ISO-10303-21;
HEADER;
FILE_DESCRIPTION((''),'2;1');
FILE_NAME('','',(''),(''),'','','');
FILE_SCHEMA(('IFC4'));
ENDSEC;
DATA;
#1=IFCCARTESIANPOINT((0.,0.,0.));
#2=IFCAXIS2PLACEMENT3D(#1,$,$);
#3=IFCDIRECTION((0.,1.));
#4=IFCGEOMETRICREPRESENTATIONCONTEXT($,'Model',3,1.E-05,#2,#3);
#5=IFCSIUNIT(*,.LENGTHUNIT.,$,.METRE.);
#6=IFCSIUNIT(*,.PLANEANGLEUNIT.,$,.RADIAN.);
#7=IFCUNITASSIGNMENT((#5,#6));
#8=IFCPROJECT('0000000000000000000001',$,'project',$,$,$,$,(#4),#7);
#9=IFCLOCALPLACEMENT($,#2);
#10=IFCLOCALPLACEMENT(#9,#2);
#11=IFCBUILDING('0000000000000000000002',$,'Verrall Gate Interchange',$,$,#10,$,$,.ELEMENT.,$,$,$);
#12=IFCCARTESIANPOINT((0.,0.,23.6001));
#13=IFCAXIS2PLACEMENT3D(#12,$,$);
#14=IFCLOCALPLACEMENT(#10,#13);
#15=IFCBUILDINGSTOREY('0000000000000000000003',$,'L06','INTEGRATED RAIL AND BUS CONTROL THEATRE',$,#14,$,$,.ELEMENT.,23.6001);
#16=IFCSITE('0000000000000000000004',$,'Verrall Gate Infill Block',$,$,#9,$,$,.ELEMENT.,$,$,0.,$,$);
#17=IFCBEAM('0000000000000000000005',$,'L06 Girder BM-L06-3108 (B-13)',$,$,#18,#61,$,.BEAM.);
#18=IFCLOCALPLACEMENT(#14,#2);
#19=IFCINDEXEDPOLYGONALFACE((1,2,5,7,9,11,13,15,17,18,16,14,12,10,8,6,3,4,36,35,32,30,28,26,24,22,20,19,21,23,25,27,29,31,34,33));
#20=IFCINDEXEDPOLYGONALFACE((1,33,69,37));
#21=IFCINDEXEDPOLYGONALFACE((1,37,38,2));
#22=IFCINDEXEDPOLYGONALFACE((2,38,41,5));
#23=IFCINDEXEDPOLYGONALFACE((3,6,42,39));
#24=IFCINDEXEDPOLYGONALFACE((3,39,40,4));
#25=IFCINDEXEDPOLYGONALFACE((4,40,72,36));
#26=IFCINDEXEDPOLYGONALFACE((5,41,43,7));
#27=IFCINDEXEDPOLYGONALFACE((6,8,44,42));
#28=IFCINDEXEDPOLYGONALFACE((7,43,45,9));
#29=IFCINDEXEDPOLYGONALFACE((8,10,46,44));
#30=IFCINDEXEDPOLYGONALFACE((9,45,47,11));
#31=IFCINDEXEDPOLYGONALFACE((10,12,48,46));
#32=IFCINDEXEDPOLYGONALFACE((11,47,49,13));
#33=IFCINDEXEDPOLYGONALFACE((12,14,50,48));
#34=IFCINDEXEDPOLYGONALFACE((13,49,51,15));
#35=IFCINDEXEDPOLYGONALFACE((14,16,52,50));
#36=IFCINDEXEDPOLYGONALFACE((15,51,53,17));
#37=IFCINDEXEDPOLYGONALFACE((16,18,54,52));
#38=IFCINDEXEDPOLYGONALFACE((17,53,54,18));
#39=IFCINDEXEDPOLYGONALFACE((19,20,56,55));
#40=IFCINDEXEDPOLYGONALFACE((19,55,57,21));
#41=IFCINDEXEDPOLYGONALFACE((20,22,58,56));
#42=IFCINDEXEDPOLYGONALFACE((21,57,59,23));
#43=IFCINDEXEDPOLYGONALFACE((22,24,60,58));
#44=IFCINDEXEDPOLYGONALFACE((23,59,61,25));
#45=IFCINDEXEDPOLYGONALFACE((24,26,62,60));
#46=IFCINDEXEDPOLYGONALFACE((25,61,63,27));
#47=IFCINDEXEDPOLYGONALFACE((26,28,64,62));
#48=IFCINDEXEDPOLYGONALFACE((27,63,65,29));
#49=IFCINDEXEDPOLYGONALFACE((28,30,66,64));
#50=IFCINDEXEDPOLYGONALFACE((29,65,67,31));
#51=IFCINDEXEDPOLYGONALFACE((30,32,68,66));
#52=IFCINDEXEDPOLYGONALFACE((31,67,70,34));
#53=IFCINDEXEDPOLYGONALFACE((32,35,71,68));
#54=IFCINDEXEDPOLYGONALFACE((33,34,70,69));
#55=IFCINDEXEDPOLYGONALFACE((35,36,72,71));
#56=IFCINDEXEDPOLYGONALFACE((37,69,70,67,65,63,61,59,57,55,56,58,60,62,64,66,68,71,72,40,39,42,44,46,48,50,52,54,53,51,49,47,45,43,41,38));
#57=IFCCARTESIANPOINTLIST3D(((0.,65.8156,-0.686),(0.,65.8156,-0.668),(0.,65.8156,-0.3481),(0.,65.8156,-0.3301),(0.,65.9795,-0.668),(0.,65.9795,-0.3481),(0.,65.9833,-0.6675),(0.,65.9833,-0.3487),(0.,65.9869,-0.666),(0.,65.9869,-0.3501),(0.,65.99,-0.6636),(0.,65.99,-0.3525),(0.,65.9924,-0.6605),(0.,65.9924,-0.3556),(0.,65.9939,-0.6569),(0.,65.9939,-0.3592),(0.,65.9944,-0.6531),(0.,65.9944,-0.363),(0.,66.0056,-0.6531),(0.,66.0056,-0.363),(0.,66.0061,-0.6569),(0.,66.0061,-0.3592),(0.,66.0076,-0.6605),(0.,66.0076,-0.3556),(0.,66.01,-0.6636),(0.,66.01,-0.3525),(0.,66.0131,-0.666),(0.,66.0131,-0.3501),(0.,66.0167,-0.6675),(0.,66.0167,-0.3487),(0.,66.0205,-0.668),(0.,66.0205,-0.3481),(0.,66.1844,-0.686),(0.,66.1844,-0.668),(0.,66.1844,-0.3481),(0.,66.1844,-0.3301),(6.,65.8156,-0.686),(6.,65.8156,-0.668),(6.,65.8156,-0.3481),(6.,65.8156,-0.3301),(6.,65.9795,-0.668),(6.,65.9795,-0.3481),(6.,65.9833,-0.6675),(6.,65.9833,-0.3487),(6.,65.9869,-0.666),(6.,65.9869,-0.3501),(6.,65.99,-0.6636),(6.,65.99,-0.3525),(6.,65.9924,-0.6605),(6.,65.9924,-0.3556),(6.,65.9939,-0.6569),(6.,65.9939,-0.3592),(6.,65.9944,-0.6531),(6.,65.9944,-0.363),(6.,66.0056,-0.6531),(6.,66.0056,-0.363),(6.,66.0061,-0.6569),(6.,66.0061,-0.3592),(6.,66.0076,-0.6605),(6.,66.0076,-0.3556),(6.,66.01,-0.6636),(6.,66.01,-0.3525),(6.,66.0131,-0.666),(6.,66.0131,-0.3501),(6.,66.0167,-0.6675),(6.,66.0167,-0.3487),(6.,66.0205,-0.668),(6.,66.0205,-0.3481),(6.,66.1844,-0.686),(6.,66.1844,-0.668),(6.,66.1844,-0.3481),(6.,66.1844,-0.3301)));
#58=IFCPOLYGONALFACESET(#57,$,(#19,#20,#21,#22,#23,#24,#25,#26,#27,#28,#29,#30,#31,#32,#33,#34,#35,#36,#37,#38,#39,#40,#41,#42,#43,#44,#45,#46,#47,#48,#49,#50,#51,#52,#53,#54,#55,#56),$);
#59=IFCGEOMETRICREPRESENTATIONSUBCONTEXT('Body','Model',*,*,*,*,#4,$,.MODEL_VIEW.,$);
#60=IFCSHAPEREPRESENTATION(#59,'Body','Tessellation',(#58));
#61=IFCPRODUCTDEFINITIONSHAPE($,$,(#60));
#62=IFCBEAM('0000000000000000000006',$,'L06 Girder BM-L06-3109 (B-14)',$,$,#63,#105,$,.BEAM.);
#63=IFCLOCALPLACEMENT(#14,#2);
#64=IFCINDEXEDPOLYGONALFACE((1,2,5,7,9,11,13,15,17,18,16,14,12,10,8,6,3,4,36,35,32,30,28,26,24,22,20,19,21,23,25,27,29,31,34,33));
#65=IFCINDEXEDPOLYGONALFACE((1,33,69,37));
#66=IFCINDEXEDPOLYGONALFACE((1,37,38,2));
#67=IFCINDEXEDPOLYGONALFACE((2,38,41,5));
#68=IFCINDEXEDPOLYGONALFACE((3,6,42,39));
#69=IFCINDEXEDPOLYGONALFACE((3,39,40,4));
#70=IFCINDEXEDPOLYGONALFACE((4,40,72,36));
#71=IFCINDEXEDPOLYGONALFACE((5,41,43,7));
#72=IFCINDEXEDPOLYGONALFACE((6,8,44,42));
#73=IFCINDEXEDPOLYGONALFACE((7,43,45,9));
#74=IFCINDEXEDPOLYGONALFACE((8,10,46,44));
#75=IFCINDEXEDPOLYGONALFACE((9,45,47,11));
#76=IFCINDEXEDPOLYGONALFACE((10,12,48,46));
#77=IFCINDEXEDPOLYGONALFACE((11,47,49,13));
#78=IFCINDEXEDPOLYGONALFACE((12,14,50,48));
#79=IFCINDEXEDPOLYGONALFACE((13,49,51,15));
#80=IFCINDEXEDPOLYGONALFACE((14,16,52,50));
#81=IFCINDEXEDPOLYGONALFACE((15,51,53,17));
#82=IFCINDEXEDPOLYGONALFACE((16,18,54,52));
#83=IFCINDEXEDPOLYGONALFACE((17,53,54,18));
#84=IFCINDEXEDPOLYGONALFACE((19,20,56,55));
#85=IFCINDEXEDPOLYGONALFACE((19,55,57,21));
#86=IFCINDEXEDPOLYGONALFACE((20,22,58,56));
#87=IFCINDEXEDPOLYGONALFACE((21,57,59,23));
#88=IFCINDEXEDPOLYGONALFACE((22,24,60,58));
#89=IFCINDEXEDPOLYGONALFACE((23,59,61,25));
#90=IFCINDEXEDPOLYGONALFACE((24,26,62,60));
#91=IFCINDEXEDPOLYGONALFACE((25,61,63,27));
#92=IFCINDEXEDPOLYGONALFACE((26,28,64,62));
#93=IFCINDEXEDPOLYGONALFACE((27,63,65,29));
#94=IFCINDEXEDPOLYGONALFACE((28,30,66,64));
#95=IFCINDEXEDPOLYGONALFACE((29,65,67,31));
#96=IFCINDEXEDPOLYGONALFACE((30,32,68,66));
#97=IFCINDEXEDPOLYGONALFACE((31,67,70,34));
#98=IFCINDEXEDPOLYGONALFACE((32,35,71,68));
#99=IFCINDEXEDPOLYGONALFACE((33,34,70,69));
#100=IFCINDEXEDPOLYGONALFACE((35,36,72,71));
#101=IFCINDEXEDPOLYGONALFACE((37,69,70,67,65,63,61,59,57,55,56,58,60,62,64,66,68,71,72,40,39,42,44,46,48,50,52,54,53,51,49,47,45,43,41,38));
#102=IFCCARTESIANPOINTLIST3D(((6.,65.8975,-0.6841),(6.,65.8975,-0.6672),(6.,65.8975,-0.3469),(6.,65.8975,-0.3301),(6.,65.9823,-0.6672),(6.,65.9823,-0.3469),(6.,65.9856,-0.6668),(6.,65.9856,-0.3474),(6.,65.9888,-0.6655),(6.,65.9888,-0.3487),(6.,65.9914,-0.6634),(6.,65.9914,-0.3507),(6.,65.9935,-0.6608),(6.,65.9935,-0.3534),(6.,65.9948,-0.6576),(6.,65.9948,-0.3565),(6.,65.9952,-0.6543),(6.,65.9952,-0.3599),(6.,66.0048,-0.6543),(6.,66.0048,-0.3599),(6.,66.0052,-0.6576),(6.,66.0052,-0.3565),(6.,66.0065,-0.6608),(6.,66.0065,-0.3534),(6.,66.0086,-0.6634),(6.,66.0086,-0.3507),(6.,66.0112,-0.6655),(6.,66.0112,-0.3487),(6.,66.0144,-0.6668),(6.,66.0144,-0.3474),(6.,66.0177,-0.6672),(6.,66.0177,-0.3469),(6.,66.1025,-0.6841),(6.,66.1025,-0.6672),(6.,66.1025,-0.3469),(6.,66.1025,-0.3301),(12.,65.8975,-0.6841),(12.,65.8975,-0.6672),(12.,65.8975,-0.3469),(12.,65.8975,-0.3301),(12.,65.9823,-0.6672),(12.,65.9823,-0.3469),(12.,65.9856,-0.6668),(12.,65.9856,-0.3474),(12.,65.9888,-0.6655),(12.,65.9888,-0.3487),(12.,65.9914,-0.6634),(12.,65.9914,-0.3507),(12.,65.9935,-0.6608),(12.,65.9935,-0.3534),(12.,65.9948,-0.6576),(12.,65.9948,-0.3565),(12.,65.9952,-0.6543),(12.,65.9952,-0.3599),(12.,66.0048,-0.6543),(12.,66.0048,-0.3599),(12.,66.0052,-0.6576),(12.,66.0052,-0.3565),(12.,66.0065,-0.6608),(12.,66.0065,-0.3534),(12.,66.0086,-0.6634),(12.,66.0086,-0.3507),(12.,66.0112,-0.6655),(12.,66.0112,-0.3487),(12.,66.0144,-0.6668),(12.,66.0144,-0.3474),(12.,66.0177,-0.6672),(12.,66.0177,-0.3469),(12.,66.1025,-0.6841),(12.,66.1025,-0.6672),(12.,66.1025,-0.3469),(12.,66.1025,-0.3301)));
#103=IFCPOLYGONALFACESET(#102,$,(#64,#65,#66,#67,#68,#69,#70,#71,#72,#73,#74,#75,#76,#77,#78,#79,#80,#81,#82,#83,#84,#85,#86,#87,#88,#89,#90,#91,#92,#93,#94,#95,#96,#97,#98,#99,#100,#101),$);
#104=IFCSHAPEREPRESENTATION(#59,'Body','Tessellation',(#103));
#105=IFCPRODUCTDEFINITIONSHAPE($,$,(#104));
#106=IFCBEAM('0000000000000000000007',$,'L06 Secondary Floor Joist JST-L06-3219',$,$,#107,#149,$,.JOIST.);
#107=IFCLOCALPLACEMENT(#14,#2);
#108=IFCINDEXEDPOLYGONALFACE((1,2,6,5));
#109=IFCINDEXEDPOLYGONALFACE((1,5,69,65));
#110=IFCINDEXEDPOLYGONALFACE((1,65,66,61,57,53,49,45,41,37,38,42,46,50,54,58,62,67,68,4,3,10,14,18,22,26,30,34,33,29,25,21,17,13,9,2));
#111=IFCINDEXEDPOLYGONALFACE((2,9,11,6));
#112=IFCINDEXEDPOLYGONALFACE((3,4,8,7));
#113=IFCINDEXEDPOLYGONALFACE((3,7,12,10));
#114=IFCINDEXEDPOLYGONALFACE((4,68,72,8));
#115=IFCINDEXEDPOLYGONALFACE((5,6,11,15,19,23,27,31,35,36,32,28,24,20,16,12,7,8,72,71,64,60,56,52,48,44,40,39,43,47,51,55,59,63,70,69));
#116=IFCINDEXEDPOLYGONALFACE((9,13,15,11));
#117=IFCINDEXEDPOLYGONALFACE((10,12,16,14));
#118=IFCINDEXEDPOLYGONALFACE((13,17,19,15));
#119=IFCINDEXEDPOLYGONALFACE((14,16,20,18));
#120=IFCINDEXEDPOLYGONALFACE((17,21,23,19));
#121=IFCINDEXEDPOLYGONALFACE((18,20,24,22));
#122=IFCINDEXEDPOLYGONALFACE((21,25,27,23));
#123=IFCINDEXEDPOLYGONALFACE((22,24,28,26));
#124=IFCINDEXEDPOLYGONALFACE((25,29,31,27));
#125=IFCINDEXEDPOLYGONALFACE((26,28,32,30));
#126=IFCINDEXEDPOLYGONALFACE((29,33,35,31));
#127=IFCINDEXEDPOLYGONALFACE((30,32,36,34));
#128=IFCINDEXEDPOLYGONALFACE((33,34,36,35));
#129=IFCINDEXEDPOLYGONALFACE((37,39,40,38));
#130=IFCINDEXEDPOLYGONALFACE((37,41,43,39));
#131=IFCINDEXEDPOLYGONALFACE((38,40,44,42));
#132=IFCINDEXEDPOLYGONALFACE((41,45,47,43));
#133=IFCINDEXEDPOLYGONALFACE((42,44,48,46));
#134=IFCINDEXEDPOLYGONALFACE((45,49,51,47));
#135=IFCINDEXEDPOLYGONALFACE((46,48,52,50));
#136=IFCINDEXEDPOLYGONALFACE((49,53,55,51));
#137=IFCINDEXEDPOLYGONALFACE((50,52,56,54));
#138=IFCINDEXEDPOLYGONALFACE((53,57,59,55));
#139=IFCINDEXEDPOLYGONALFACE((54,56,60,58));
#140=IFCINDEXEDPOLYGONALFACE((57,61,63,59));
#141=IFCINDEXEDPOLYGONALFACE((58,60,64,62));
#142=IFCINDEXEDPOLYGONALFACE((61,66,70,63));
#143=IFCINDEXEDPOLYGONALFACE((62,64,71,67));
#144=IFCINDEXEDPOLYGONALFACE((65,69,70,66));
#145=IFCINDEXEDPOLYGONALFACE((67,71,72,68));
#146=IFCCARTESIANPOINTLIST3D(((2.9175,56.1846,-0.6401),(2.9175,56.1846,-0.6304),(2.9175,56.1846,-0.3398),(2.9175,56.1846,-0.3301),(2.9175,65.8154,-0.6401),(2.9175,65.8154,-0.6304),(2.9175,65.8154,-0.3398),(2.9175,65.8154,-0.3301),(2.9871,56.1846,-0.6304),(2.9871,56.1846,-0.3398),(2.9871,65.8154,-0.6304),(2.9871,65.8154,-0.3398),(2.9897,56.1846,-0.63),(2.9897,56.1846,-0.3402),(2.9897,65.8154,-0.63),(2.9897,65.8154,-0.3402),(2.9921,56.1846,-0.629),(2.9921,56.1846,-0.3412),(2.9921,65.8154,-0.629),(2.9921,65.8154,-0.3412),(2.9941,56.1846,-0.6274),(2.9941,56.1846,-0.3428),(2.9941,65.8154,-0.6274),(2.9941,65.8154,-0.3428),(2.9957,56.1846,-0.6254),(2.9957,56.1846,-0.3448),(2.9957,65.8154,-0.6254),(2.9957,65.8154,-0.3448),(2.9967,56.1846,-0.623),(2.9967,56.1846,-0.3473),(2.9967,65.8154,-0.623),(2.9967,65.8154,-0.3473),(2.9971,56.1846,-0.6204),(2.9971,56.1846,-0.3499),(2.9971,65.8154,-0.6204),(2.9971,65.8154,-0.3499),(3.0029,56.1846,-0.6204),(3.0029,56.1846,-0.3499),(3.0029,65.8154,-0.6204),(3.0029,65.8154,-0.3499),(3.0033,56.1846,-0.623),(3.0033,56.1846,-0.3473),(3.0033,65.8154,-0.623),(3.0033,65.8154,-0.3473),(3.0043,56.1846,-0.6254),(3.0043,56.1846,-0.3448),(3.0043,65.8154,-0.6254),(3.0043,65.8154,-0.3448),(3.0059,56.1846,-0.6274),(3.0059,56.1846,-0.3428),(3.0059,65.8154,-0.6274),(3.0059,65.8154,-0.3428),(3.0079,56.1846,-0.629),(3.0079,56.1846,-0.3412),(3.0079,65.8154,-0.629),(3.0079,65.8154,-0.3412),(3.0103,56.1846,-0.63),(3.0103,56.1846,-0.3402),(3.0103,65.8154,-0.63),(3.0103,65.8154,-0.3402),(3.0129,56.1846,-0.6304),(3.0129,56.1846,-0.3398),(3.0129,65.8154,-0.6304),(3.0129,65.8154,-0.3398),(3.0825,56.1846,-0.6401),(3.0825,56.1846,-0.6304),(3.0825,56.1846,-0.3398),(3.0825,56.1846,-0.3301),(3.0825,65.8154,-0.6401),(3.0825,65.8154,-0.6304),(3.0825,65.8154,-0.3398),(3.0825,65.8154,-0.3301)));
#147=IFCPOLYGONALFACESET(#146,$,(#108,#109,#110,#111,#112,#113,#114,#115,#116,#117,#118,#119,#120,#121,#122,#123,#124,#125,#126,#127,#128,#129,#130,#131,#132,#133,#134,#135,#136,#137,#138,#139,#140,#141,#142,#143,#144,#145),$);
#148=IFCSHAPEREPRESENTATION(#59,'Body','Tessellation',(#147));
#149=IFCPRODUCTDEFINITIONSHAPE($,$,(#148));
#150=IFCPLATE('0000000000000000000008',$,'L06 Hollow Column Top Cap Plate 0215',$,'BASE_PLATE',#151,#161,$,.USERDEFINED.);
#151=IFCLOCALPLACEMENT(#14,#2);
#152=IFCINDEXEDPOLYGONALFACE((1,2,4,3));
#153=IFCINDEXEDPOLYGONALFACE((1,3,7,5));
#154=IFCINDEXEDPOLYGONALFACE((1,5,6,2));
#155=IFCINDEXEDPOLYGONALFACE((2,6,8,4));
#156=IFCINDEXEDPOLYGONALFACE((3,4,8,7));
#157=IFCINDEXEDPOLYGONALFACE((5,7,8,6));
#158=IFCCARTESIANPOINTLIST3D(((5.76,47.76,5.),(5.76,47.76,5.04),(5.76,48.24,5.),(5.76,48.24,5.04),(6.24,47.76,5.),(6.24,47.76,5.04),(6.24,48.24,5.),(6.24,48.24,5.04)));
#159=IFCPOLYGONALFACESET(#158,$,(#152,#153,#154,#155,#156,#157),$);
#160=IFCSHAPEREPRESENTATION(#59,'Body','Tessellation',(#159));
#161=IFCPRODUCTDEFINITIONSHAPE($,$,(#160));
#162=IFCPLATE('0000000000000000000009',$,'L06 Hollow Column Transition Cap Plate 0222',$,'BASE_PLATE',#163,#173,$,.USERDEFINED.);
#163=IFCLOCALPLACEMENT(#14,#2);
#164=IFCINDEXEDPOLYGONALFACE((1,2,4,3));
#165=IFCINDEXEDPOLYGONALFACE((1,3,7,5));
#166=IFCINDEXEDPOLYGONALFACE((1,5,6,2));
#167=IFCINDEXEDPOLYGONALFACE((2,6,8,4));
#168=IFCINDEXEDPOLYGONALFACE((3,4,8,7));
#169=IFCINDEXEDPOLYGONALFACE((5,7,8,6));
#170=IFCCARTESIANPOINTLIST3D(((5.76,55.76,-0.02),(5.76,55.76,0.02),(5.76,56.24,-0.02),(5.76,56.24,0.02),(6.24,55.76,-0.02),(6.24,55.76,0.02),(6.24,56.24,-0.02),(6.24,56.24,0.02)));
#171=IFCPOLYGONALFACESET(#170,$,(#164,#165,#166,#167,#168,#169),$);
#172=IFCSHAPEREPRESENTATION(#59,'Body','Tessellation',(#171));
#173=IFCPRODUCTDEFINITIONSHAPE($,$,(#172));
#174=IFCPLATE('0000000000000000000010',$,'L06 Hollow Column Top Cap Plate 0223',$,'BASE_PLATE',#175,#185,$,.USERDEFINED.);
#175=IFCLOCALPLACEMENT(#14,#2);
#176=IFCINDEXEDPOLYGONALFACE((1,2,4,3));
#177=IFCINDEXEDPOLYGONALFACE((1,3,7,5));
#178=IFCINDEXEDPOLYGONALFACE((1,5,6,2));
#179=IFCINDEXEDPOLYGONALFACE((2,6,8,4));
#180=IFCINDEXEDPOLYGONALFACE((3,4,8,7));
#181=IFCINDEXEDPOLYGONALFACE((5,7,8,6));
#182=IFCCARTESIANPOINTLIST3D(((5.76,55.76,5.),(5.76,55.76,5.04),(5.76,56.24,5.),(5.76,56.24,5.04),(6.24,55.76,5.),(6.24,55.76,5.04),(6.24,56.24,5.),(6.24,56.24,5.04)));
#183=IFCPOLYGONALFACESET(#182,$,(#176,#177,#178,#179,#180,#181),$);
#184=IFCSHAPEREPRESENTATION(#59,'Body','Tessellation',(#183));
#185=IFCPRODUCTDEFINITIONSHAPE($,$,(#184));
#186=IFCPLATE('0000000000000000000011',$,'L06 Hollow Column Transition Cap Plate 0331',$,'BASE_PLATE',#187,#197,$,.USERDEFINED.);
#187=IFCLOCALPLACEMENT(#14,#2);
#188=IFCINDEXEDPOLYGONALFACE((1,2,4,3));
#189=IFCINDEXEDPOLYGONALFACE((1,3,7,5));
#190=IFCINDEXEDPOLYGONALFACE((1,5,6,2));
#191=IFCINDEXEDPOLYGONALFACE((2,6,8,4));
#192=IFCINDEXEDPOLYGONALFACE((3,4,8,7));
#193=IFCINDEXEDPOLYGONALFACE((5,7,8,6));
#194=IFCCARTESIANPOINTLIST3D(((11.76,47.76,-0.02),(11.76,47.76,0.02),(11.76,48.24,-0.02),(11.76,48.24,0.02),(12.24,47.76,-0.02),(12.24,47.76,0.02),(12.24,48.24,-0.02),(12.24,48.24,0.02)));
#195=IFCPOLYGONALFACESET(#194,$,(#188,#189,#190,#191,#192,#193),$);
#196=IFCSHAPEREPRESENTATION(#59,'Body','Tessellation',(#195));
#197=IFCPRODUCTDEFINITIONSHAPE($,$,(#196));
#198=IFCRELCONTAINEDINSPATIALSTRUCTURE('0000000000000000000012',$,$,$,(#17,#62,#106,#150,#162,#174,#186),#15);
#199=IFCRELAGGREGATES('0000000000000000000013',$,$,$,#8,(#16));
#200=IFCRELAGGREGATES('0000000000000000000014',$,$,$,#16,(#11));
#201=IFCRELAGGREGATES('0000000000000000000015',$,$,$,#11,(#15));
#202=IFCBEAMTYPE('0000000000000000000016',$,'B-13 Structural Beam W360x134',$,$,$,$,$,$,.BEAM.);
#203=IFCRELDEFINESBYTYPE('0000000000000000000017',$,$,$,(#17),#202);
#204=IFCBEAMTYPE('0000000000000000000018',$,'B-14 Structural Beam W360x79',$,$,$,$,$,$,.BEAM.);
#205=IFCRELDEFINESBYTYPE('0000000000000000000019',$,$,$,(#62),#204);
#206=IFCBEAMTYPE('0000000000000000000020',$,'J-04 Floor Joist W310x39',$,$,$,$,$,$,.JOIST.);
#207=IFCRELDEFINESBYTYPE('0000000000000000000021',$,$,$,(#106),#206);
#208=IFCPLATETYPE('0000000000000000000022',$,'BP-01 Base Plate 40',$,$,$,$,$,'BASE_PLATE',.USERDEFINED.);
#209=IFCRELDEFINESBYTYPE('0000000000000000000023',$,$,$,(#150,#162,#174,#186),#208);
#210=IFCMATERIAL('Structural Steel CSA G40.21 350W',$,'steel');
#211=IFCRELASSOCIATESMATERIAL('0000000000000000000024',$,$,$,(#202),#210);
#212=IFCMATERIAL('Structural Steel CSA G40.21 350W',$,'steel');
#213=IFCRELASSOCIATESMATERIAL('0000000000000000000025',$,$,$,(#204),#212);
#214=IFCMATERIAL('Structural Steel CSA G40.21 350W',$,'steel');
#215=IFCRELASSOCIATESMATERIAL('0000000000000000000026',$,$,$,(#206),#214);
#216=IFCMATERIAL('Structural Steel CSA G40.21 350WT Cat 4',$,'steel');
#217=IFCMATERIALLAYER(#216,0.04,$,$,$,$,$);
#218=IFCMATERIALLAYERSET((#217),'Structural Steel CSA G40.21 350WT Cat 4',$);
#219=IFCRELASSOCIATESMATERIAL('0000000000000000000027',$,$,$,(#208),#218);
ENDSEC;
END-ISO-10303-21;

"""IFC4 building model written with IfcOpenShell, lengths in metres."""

from ifc_helpers import new_model, si_unit, direction, frame, origin, origin_2d, place, context, subcontext, project, spatial, rectangle, i_section, extrude, material, layer, layer_set, material_profile, profile_set, type_object, element, save


model = new_model("IFC4")

# Units and contexts
model_context = context("Model", 3, precision=1e-05, world=origin(), true_north=direction((0.0, 1.0)))
body_context = subcontext(model_context, "Body", "Model", "MODEL_VIEW")
ifc_project = project(units=[si_unit("LENGTHUNIT", "METRE"), si_unit("PLANEANGLEUNIT", "RADIAN")], contexts=[model_context])

# Site, building, storey
site_placement = place(None, origin())
site = spatial("IfcSite", under=ifc_project, at=site_placement, Name="Verrall Gate Infill Block", CompositionType="ELEMENT", RefElevation=0.0)
building_placement = place(site_placement, origin())
building = spatial("IfcBuilding", under=site, at=building_placement, Name="Verrall Gate Interchange", CompositionType="ELEMENT")
storey_placement = place(building_placement, frame((0.0, 0.0, 23.6001)))
storey = spatial("IfcBuildingStorey", under=building, at=storey_placement, Name="L06", Description="INTEGRATED RAIL AND BUS CONTROL THEATRE", CompositionType="ELEMENT", Elevation=23.6001)

# Beams
ifc_material_1 = material(Name="Structural Steel CSA G40.21 350W", Category="steel")
ifc_material_profile_1 = material_profile(ifc_material_1, i_section(OverallWidth=0.3689, OverallDepth=0.356, WebThickness=0.0112, FlangeThickness=0.0181, FilletRadius=0.0149, at=origin_2d()), Name="W360x134")
ifc_profile_set_1 = profile_set([ifc_material_profile_1], Name="Structural Steel CSA G40.21 350W")
beam_type_1 = type_object("IfcBeamType", Name="B-13 Structural Beam W360x134", PredefinedType="BEAM", material=ifc_profile_set_1)
for number, where, z_axis, x_axis, name in (
    (1, (0.0, 66.0, -0.5081), (1.0, 0.0, 0.0), (0.0, 1.0, 0.0), "L06 Girder BM-L06-3108 (B-13)"),
):
    element("IfcBeam", number, at=place(storey_placement, frame(where, z_axis=z_axis, x_axis=x_axis)), inside=storey, type_object=beam_type_1, Name=name, PredefinedType="BEAM", context=body_context, shape_type="SweptSolid", body=[
        extrude(i_section(OverallWidth=0.3689, OverallDepth=0.356, WebThickness=0.0112, FlangeThickness=0.0181, FilletRadius=0.0149, at=origin_2d()), origin(), (0.0, 0.0, 1.0), 6.0),
    ])
ifc_material_2 = material(Name="Structural Steel CSA G40.21 350W", Category="steel")
ifc_material_profile_2 = material_profile(ifc_material_2, i_section(OverallWidth=0.2051, OverallDepth=0.354, WebThickness=0.0095, FlangeThickness=0.0168, FilletRadius=0.0129, at=origin_2d()), Name="W360x79")
ifc_profile_set_2 = profile_set([ifc_material_profile_2], Name="Structural Steel CSA G40.21 350W")
beam_type_2 = type_object("IfcBeamType", Name="B-14 Structural Beam W360x79", PredefinedType="BEAM", material=ifc_profile_set_2)
beam_1_placement = place(storey_placement, frame((6.0, 66.0, -0.5071), z_axis=(1.0, 0.0, 0.0), x_axis=(0.0, 1.0, 0.0)))
element("IfcBeam", 2, at=beam_1_placement, inside=storey, type_object=beam_type_2, Name="L06 Girder BM-L06-3109 (B-14)", PredefinedType="BEAM", context=body_context, shape_type="SweptSolid", body=[
    extrude(i_section(OverallWidth=0.2051, OverallDepth=0.354, WebThickness=0.0095, FlangeThickness=0.0168, FilletRadius=0.0129, at=origin_2d()), origin(), (0.0, 0.0, 1.0), 6.0),
])
ifc_material_3 = material(Name="Structural Steel CSA G40.21 350W", Category="steel")
ifc_material_profile_3 = material_profile(ifc_material_3, i_section(OverallWidth=0.165, OverallDepth=0.3101, WebThickness=0.0059, FlangeThickness=0.0098, FilletRadius=0.01, at=origin_2d()), Name="W310x39")
ifc_profile_set_3 = profile_set([ifc_material_profile_3], Name="Structural Steel CSA G40.21 350W")
beam_type_3 = type_object("IfcBeamType", Name="J-04 Floor Joist W310x39", PredefinedType="JOIST", material=ifc_profile_set_3)
beam_2_placement = place(storey_placement, frame((3.0, 56.1846, -0.4851), z_axis=(0.0, 1.0, 0.0), x_axis=(-1.0, 0.0, 0.0)))
element("IfcBeam", 3, at=beam_2_placement, inside=storey, type_object=beam_type_3, Name="L06 Secondary Floor Joist JST-L06-3219", PredefinedType="JOIST", context=body_context, shape_type="SweptSolid", body=[
    extrude(i_section(OverallWidth=0.165, OverallDepth=0.3101, WebThickness=0.0059, FlangeThickness=0.0098, FilletRadius=0.01, at=origin_2d()), origin(), (0.0, 0.0, 1.0), 9.6309),
])

# Plates
ifc_material_4 = material(Name="Structural Steel CSA G40.21 350WT Cat 4", Category="steel")
ifc_layer_1 = layer(ifc_material_4, 0.04)
ifc_layer_set_1 = layer_set([ifc_layer_1], Name="Structural Steel CSA G40.21 350WT Cat 4")
plate_type = type_object("IfcPlateType", Name="BP-01 Base Plate 40", ElementType="BASE_PLATE", PredefinedType="USERDEFINED", material=ifc_layer_set_1)
for number, where, z_axis, x_axis, name in (
    (4, (6.0, 48.0, 5.0), (0.0, 0.0, 1.0), (1.0, 0.0, 0.0), "L06 Hollow Column Top Cap Plate 0215"),
    (5, (6.0, 56.0, -0.02), (0.0, 0.0, 1.0), (1.0, 0.0, 0.0), "L06 Hollow Column Transition Cap Plate 0222"),
    (6, (6.0, 56.0, 5.0), (0.0, 0.0, 1.0), (1.0, 0.0, 0.0), "L06 Hollow Column Top Cap Plate 0223"),
    (7, (12.0, 48.0, -0.02), (0.0, 0.0, 1.0), (1.0, 0.0, 0.0), "L06 Hollow Column Transition Cap Plate 0331"),
):
    element("IfcPlate", number, at=place(storey_placement, frame(where, z_axis=z_axis, x_axis=x_axis)), inside=storey, type_object=plate_type, Name=name, ObjectType="BASE_PLATE", PredefinedType="USERDEFINED", context=body_context, shape_type="SweptSolid", body=[
        extrude(rectangle(XDim=0.48, YDim=0.48, at=origin_2d()), origin(), (0.0, 0.0, 1.0), 0.04),
    ])

save(model, "model.ifc")
